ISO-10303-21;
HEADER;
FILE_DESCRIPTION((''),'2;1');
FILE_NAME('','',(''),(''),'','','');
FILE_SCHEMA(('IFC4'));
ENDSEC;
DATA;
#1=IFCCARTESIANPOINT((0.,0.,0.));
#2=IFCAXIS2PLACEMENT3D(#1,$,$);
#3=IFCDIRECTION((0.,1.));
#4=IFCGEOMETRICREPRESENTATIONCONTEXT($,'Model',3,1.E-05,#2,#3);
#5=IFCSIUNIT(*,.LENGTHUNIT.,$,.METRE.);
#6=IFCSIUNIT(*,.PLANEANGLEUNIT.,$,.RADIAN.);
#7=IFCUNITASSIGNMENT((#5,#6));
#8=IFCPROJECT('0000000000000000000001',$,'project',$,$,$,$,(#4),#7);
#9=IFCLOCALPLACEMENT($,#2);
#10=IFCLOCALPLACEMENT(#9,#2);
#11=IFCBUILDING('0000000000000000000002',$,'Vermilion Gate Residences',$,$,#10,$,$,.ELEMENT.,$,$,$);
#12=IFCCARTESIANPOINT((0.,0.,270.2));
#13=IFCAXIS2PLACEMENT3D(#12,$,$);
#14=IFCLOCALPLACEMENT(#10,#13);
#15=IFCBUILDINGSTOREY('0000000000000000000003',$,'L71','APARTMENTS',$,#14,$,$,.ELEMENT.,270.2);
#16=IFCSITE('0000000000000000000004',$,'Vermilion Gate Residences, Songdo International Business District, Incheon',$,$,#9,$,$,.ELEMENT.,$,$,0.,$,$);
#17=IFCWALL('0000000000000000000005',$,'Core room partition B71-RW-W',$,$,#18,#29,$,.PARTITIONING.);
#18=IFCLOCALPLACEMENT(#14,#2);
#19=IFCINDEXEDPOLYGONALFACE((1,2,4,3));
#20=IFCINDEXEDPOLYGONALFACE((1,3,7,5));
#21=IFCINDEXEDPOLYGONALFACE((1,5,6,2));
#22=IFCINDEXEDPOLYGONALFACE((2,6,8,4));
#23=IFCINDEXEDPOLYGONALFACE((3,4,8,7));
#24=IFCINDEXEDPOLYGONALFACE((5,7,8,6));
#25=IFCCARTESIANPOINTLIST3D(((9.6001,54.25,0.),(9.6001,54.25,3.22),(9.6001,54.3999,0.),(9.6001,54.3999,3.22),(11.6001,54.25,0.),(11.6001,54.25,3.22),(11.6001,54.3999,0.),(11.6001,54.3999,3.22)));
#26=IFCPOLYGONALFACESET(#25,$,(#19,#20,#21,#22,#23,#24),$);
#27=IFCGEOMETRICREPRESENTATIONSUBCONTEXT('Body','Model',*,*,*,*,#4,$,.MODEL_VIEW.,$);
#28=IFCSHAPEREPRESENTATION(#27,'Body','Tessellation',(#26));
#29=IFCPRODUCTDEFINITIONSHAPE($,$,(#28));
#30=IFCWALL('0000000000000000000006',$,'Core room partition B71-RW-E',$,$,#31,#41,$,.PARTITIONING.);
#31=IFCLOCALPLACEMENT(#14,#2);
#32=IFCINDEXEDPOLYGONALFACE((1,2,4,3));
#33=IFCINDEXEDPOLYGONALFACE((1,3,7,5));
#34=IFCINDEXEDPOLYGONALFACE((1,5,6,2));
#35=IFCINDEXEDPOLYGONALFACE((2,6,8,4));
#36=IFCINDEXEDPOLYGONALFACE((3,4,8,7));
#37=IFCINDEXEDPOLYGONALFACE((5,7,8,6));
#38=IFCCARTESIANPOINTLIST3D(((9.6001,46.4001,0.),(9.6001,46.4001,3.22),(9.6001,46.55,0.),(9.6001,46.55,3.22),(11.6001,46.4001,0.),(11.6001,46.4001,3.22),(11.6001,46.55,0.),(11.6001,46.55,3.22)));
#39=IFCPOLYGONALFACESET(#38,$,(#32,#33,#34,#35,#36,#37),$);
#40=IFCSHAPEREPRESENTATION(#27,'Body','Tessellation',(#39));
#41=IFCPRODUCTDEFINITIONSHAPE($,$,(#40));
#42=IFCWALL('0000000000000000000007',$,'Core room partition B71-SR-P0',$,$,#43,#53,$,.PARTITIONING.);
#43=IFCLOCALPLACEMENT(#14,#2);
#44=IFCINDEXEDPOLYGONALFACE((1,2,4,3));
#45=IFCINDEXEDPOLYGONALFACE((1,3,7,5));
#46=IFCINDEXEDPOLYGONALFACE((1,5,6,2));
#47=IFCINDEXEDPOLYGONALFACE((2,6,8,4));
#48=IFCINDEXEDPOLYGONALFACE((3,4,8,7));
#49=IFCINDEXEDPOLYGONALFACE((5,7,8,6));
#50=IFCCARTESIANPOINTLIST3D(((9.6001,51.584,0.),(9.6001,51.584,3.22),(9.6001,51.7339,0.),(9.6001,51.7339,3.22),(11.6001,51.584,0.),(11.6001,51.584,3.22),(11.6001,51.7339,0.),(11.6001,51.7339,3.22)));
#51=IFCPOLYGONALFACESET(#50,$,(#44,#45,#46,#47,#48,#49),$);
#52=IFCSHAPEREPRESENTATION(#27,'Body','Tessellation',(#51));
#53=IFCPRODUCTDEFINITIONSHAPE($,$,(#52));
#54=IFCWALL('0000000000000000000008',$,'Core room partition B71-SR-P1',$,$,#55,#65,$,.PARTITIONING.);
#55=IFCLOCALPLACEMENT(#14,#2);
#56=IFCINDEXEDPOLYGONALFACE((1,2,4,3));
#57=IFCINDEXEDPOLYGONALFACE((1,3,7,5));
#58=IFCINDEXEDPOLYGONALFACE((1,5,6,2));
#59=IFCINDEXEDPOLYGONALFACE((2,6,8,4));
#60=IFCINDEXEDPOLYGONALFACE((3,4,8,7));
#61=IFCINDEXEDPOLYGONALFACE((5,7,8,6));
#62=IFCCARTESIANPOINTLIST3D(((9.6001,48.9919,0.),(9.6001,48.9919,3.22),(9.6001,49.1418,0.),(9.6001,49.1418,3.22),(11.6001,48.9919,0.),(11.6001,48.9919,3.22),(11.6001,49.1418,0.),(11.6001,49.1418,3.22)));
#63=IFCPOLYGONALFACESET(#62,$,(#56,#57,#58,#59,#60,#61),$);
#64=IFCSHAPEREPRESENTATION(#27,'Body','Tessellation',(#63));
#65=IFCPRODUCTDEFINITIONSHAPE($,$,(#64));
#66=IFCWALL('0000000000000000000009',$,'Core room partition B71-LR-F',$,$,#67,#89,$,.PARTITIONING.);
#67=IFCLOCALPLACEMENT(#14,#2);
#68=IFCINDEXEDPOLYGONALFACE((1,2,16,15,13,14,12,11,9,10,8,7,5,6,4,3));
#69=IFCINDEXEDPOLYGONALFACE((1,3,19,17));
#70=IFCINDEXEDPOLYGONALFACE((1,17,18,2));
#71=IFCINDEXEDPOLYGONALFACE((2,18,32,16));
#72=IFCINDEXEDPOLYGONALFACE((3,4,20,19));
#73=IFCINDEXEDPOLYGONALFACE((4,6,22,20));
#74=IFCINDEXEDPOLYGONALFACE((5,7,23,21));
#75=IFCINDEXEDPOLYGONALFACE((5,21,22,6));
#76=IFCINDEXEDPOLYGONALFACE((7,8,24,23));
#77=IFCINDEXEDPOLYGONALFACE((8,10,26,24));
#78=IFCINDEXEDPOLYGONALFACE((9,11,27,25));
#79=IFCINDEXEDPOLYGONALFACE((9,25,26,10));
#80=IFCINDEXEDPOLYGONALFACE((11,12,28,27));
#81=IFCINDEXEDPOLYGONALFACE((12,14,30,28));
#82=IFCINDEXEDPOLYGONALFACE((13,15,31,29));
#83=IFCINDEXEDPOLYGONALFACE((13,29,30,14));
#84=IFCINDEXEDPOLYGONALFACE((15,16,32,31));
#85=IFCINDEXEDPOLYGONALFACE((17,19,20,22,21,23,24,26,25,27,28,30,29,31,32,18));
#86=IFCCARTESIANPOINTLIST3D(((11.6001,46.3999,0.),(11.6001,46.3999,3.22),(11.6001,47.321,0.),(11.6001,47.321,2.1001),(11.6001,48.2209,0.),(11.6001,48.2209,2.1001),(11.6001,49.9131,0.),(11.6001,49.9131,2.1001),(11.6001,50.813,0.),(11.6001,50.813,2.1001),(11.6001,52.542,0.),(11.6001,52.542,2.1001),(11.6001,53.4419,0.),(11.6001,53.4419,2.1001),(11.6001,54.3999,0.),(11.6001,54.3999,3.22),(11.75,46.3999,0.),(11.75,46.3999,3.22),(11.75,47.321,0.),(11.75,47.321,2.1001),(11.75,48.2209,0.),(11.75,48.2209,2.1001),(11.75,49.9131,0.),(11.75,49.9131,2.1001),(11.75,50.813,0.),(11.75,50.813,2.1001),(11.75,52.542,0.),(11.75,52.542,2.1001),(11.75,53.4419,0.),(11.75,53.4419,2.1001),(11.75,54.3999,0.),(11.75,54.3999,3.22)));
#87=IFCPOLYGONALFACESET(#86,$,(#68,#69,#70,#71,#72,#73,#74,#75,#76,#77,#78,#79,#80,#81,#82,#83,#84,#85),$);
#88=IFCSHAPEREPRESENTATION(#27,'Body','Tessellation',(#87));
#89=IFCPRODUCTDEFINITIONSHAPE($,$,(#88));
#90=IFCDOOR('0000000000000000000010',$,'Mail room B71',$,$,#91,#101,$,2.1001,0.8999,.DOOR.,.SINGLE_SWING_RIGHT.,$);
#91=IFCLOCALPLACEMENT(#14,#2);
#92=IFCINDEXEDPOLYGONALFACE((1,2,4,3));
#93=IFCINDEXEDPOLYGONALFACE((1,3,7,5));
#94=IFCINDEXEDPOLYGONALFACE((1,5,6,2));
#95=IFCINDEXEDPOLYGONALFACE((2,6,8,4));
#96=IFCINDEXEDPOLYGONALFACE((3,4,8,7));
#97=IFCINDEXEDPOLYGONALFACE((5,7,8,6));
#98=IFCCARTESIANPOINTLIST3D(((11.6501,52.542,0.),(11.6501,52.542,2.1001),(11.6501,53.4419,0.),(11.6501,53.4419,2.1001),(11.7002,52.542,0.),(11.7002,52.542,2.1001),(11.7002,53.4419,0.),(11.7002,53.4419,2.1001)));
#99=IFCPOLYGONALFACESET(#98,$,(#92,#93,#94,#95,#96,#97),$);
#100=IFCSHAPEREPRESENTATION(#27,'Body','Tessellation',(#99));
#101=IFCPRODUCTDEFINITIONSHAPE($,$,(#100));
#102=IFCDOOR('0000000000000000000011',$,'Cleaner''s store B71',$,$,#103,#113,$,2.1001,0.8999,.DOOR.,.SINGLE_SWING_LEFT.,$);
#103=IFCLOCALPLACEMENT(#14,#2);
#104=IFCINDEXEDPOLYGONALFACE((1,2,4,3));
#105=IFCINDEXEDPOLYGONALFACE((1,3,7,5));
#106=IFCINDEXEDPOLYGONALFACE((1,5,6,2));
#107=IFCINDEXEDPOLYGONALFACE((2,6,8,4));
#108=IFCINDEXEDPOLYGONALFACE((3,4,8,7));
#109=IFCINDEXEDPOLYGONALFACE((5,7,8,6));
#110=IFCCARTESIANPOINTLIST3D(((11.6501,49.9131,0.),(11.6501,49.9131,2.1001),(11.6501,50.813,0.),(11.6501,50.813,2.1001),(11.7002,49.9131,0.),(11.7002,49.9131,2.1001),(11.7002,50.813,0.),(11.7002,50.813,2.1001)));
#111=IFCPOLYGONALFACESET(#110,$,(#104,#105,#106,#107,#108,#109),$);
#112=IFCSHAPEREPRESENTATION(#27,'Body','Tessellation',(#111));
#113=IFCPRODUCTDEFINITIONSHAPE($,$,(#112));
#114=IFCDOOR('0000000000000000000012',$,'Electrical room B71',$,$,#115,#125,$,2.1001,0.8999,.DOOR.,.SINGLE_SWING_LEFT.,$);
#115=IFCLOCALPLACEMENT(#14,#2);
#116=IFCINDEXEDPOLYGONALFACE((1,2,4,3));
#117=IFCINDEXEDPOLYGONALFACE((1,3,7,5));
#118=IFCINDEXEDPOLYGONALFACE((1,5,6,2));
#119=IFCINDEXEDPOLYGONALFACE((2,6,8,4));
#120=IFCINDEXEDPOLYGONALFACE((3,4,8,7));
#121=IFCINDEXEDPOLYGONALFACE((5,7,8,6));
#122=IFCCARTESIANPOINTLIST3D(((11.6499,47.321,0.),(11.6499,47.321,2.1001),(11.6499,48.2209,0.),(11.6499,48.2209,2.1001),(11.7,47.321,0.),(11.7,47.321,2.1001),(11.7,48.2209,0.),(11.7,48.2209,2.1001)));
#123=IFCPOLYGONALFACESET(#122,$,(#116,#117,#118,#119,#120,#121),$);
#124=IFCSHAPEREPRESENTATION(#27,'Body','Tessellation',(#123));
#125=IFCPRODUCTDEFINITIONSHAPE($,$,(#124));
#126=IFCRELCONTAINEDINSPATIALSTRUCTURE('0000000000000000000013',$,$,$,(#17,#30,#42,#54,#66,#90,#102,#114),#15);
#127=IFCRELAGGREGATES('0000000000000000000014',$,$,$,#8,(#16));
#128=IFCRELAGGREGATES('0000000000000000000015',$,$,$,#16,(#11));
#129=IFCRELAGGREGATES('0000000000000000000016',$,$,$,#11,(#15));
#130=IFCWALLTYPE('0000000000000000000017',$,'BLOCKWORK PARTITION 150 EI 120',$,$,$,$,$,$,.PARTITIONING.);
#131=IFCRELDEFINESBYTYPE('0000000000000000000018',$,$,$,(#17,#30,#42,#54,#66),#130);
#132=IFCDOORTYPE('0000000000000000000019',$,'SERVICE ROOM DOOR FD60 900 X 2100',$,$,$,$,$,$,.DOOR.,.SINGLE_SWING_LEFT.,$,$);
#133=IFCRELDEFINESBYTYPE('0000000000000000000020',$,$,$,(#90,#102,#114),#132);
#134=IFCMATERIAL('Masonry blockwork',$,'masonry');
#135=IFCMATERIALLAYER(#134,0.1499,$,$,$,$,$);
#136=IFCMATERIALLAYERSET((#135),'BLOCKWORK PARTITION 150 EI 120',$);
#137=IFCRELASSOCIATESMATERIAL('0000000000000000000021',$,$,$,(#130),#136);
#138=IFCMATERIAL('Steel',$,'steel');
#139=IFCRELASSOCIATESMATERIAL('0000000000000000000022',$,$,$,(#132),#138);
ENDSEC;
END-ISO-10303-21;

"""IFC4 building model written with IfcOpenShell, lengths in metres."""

from ifc_helpers import new_model, si_unit, direction, frame, frame_2d, origin, place, context, subcontext, project, spatial, rectangle, extrude, material, layer, layer_set, type_object, element, fill, save


model = new_model("IFC4")

# Units and contexts
model_context = context("Model", 3, precision=1e-05, world=origin(), true_north=direction((0.0, 1.0)))
body_context = subcontext(model_context, "Body", "Model", "MODEL_VIEW")
ifc_project = project(units=[si_unit("LENGTHUNIT", "METRE"), si_unit("PLANEANGLEUNIT", "RADIAN")], contexts=[model_context])

# Site, building, storey
site_placement = place(None, origin())
site = spatial("IfcSite", under=ifc_project, at=site_placement, Name="Vermilion Gate Residences, Songdo International Business District, Incheon", CompositionType="ELEMENT", RefElevation=0.0)
building_placement = place(site_placement, origin())
building = spatial("IfcBuilding", under=site, at=building_placement, Name="Vermilion Gate Residences", CompositionType="ELEMENT")
storey_placement = place(building_placement, frame((0.0, 0.0, 270.2)))
storey = spatial("IfcBuildingStorey", under=building, at=storey_placement, Name="L71", Description="APARTMENTS", CompositionType="ELEMENT", Elevation=270.2)

# Walls
ifc_material_1 = material(Name="Masonry blockwork", Category="masonry")
ifc_layer_1 = layer(ifc_material_1, 0.1499)
ifc_layer_set_1 = layer_set([ifc_layer_1], Name="BLOCKWORK PARTITION 150 EI 120")
wall_type_1 = type_object("IfcWallType", Name="BLOCKWORK PARTITION 150 EI 120", PredefinedType="PARTITIONING", material=ifc_layer_set_1)
for number, where, z_axis, x_axis, name in (
    (1, (9.6001, 54.325, 0.0), (0.0, 0.0, 1.0), (1.0, 0.0, 0.0), "Core room partition B71-RW-W"),
    (2, (9.6001, 46.4751, 0.0), (0.0, 0.0, 1.0), (1.0, 0.0, 0.0), "Core room partition B71-RW-E"),
    (3, (9.6001, 51.6589, 0.0), (0.0, 0.0, 1.0), (1.0, 0.0, 0.0), "Core room partition B71-SR-P0"),
    (4, (9.6001, 49.0669, 0.0), (0.0, 0.0, 1.0), (1.0, 0.0, 0.0), "Core room partition B71-SR-P1"),
):
    element("IfcWall", number, at=place(storey_placement, frame(where, z_axis=z_axis, x_axis=x_axis)), inside=storey, type_object=wall_type_1, Name=name, PredefinedType="PARTITIONING", context=body_context, shape_type="SweptSolid", body=[
        extrude(rectangle(XDim=2.0, YDim=0.1499, at=frame_2d((1.0, 0.0))), origin(), (0.0, 0.0, 1.0), 3.22),
    ])

# Wall, openings, doors
wall_1_placement = place(storey_placement, frame((11.675, 54.3999, 0.0), z_axis=(0.0, 0.0, 1.0), x_axis=(0.0, -1.0, 0.0)))
wall_1 = element("IfcWall", 5, at=wall_1_placement, inside=storey, type_object=wall_type_1, Name="Core room partition B71-LR-F", PredefinedType="PARTITIONING", context=body_context, shape_type="SweptSolid", body=[
    extrude(rectangle(XDim=8.0, YDim=0.1499, at=frame_2d((4.0, 0.0))), origin(), (0.0, 0.0, 1.0), 3.22),
])
opening_1_placement = place(wall_1_placement, frame((0.958, 0.0, 0.0)))
opening_1 = element("IfcOpeningElement", 6, at=opening_1_placement, cuts=wall_1, PredefinedType="OPENING", context=body_context, shape_type="SweptSolid", body=[
    extrude(rectangle(XDim=0.8999, YDim=2.1001, at=frame_2d((0.45, 1.05))), frame((0.0, 0.085, 0.0), z_axis=(0.0, -1.0, 0.0), x_axis=(1.0, 0.0, 0.0)), (0.0, 0.0, 1.0), 0.1699),
])
opening_2_placement = place(wall_1_placement, frame((3.5869, 0.0, 0.0)))
opening_2 = element("IfcOpeningElement", 7, at=opening_2_placement, cuts=wall_1, PredefinedType="OPENING", context=body_context, shape_type="SweptSolid", body=[
    extrude(rectangle(XDim=0.8999, YDim=2.1001, at=frame_2d((0.45, 1.05))), frame((0.0, 0.085, 0.0), z_axis=(0.0, -1.0, 0.0), x_axis=(1.0, 0.0, 0.0)), (0.0, 0.0, 1.0), 0.1699),
])
opening_3_placement = place(wall_1_placement, frame((6.179, 0.0, 0.0)))
opening_3 = element("IfcOpeningElement", 8, at=opening_3_placement, cuts=wall_1, PredefinedType="OPENING", context=body_context, shape_type="SweptSolid", body=[
    extrude(rectangle(XDim=0.8999, YDim=2.1001, at=frame_2d((0.45, 1.05))), frame((0.0, 0.085, 0.0), z_axis=(0.0, -1.0, 0.0), x_axis=(1.0, 0.0, 0.0)), (0.0, 0.0, 1.0), 0.1699),
])
ifc_material_2 = material(Name="Steel", Category="steel")
door_type = type_object("IfcDoorType", Name="SERVICE ROOM DOOR FD60 900 X 2100", OperationType="SINGLE_SWING_LEFT", PredefinedType="DOOR", material=ifc_material_2)
door_1_placement = place(opening_1_placement, frame((0.8999, 0.0, 0.0), z_axis=(0.0, 0.0, 1.0), x_axis=(-1.0, 0.0, 0.0)))
door_1 = element("IfcDoor", 9, at=door_1_placement, inside=storey, type_object=door_type, Name="Mail room B71", OperationType="SINGLE_SWING_RIGHT", OverallHeight=2.1001, OverallWidth=0.8999, PredefinedType="DOOR", context=body_context, shape_type="SweptSolid", body=[
    extrude(rectangle(XDim=0.8999, YDim=2.1001, at=frame_2d((0.45, 1.05))), frame((0.0, 0.0249, 0.0), z_axis=(0.0, -1.0, 0.0), x_axis=(1.0, 0.0, 0.0)), (0.0, 0.0, 1.0), 0.05),
])
fill(opening_1, door_1)
door_2_placement = place(opening_2_placement, frame((0.8999, 0.0, 0.0), z_axis=(0.0, 0.0, 1.0), x_axis=(-1.0, 0.0, 0.0)))
door_2 = element("IfcDoor", 10, at=door_2_placement, inside=storey, type_object=door_type, Name="Cleaner's store B71", OperationType="SINGLE_SWING_LEFT", OverallHeight=2.1001, OverallWidth=0.8999, PredefinedType="DOOR", context=body_context, shape_type="SweptSolid", body=[
    extrude(rectangle(XDim=0.8999, YDim=2.1001, at=frame_2d((0.45, 1.05))), frame((0.0, 0.0249, 0.0), z_axis=(0.0, -1.0, 0.0), x_axis=(1.0, 0.0, 0.0)), (0.0, 0.0, 1.0), 0.05),
])
fill(opening_2, door_2)
door_3_placement = place(opening_3_placement, origin())
door_3 = element("IfcDoor", 11, at=door_3_placement, inside=storey, type_object=door_type, Name="Electrical room B71", OperationType="SINGLE_SWING_LEFT", OverallHeight=2.1001, OverallWidth=0.8999, PredefinedType="DOOR", context=body_context, shape_type="SweptSolid", body=[
    extrude(rectangle(XDim=0.8999, YDim=2.1001, at=frame_2d((0.45, 1.05))), frame((0.0, 0.0249, 0.0), z_axis=(0.0, -1.0, 0.0), x_axis=(1.0, 0.0, 0.0)), (0.0, 0.0, 1.0), 0.05),
])
fill(opening_3, door_3)

save(model, "model.ifc")
